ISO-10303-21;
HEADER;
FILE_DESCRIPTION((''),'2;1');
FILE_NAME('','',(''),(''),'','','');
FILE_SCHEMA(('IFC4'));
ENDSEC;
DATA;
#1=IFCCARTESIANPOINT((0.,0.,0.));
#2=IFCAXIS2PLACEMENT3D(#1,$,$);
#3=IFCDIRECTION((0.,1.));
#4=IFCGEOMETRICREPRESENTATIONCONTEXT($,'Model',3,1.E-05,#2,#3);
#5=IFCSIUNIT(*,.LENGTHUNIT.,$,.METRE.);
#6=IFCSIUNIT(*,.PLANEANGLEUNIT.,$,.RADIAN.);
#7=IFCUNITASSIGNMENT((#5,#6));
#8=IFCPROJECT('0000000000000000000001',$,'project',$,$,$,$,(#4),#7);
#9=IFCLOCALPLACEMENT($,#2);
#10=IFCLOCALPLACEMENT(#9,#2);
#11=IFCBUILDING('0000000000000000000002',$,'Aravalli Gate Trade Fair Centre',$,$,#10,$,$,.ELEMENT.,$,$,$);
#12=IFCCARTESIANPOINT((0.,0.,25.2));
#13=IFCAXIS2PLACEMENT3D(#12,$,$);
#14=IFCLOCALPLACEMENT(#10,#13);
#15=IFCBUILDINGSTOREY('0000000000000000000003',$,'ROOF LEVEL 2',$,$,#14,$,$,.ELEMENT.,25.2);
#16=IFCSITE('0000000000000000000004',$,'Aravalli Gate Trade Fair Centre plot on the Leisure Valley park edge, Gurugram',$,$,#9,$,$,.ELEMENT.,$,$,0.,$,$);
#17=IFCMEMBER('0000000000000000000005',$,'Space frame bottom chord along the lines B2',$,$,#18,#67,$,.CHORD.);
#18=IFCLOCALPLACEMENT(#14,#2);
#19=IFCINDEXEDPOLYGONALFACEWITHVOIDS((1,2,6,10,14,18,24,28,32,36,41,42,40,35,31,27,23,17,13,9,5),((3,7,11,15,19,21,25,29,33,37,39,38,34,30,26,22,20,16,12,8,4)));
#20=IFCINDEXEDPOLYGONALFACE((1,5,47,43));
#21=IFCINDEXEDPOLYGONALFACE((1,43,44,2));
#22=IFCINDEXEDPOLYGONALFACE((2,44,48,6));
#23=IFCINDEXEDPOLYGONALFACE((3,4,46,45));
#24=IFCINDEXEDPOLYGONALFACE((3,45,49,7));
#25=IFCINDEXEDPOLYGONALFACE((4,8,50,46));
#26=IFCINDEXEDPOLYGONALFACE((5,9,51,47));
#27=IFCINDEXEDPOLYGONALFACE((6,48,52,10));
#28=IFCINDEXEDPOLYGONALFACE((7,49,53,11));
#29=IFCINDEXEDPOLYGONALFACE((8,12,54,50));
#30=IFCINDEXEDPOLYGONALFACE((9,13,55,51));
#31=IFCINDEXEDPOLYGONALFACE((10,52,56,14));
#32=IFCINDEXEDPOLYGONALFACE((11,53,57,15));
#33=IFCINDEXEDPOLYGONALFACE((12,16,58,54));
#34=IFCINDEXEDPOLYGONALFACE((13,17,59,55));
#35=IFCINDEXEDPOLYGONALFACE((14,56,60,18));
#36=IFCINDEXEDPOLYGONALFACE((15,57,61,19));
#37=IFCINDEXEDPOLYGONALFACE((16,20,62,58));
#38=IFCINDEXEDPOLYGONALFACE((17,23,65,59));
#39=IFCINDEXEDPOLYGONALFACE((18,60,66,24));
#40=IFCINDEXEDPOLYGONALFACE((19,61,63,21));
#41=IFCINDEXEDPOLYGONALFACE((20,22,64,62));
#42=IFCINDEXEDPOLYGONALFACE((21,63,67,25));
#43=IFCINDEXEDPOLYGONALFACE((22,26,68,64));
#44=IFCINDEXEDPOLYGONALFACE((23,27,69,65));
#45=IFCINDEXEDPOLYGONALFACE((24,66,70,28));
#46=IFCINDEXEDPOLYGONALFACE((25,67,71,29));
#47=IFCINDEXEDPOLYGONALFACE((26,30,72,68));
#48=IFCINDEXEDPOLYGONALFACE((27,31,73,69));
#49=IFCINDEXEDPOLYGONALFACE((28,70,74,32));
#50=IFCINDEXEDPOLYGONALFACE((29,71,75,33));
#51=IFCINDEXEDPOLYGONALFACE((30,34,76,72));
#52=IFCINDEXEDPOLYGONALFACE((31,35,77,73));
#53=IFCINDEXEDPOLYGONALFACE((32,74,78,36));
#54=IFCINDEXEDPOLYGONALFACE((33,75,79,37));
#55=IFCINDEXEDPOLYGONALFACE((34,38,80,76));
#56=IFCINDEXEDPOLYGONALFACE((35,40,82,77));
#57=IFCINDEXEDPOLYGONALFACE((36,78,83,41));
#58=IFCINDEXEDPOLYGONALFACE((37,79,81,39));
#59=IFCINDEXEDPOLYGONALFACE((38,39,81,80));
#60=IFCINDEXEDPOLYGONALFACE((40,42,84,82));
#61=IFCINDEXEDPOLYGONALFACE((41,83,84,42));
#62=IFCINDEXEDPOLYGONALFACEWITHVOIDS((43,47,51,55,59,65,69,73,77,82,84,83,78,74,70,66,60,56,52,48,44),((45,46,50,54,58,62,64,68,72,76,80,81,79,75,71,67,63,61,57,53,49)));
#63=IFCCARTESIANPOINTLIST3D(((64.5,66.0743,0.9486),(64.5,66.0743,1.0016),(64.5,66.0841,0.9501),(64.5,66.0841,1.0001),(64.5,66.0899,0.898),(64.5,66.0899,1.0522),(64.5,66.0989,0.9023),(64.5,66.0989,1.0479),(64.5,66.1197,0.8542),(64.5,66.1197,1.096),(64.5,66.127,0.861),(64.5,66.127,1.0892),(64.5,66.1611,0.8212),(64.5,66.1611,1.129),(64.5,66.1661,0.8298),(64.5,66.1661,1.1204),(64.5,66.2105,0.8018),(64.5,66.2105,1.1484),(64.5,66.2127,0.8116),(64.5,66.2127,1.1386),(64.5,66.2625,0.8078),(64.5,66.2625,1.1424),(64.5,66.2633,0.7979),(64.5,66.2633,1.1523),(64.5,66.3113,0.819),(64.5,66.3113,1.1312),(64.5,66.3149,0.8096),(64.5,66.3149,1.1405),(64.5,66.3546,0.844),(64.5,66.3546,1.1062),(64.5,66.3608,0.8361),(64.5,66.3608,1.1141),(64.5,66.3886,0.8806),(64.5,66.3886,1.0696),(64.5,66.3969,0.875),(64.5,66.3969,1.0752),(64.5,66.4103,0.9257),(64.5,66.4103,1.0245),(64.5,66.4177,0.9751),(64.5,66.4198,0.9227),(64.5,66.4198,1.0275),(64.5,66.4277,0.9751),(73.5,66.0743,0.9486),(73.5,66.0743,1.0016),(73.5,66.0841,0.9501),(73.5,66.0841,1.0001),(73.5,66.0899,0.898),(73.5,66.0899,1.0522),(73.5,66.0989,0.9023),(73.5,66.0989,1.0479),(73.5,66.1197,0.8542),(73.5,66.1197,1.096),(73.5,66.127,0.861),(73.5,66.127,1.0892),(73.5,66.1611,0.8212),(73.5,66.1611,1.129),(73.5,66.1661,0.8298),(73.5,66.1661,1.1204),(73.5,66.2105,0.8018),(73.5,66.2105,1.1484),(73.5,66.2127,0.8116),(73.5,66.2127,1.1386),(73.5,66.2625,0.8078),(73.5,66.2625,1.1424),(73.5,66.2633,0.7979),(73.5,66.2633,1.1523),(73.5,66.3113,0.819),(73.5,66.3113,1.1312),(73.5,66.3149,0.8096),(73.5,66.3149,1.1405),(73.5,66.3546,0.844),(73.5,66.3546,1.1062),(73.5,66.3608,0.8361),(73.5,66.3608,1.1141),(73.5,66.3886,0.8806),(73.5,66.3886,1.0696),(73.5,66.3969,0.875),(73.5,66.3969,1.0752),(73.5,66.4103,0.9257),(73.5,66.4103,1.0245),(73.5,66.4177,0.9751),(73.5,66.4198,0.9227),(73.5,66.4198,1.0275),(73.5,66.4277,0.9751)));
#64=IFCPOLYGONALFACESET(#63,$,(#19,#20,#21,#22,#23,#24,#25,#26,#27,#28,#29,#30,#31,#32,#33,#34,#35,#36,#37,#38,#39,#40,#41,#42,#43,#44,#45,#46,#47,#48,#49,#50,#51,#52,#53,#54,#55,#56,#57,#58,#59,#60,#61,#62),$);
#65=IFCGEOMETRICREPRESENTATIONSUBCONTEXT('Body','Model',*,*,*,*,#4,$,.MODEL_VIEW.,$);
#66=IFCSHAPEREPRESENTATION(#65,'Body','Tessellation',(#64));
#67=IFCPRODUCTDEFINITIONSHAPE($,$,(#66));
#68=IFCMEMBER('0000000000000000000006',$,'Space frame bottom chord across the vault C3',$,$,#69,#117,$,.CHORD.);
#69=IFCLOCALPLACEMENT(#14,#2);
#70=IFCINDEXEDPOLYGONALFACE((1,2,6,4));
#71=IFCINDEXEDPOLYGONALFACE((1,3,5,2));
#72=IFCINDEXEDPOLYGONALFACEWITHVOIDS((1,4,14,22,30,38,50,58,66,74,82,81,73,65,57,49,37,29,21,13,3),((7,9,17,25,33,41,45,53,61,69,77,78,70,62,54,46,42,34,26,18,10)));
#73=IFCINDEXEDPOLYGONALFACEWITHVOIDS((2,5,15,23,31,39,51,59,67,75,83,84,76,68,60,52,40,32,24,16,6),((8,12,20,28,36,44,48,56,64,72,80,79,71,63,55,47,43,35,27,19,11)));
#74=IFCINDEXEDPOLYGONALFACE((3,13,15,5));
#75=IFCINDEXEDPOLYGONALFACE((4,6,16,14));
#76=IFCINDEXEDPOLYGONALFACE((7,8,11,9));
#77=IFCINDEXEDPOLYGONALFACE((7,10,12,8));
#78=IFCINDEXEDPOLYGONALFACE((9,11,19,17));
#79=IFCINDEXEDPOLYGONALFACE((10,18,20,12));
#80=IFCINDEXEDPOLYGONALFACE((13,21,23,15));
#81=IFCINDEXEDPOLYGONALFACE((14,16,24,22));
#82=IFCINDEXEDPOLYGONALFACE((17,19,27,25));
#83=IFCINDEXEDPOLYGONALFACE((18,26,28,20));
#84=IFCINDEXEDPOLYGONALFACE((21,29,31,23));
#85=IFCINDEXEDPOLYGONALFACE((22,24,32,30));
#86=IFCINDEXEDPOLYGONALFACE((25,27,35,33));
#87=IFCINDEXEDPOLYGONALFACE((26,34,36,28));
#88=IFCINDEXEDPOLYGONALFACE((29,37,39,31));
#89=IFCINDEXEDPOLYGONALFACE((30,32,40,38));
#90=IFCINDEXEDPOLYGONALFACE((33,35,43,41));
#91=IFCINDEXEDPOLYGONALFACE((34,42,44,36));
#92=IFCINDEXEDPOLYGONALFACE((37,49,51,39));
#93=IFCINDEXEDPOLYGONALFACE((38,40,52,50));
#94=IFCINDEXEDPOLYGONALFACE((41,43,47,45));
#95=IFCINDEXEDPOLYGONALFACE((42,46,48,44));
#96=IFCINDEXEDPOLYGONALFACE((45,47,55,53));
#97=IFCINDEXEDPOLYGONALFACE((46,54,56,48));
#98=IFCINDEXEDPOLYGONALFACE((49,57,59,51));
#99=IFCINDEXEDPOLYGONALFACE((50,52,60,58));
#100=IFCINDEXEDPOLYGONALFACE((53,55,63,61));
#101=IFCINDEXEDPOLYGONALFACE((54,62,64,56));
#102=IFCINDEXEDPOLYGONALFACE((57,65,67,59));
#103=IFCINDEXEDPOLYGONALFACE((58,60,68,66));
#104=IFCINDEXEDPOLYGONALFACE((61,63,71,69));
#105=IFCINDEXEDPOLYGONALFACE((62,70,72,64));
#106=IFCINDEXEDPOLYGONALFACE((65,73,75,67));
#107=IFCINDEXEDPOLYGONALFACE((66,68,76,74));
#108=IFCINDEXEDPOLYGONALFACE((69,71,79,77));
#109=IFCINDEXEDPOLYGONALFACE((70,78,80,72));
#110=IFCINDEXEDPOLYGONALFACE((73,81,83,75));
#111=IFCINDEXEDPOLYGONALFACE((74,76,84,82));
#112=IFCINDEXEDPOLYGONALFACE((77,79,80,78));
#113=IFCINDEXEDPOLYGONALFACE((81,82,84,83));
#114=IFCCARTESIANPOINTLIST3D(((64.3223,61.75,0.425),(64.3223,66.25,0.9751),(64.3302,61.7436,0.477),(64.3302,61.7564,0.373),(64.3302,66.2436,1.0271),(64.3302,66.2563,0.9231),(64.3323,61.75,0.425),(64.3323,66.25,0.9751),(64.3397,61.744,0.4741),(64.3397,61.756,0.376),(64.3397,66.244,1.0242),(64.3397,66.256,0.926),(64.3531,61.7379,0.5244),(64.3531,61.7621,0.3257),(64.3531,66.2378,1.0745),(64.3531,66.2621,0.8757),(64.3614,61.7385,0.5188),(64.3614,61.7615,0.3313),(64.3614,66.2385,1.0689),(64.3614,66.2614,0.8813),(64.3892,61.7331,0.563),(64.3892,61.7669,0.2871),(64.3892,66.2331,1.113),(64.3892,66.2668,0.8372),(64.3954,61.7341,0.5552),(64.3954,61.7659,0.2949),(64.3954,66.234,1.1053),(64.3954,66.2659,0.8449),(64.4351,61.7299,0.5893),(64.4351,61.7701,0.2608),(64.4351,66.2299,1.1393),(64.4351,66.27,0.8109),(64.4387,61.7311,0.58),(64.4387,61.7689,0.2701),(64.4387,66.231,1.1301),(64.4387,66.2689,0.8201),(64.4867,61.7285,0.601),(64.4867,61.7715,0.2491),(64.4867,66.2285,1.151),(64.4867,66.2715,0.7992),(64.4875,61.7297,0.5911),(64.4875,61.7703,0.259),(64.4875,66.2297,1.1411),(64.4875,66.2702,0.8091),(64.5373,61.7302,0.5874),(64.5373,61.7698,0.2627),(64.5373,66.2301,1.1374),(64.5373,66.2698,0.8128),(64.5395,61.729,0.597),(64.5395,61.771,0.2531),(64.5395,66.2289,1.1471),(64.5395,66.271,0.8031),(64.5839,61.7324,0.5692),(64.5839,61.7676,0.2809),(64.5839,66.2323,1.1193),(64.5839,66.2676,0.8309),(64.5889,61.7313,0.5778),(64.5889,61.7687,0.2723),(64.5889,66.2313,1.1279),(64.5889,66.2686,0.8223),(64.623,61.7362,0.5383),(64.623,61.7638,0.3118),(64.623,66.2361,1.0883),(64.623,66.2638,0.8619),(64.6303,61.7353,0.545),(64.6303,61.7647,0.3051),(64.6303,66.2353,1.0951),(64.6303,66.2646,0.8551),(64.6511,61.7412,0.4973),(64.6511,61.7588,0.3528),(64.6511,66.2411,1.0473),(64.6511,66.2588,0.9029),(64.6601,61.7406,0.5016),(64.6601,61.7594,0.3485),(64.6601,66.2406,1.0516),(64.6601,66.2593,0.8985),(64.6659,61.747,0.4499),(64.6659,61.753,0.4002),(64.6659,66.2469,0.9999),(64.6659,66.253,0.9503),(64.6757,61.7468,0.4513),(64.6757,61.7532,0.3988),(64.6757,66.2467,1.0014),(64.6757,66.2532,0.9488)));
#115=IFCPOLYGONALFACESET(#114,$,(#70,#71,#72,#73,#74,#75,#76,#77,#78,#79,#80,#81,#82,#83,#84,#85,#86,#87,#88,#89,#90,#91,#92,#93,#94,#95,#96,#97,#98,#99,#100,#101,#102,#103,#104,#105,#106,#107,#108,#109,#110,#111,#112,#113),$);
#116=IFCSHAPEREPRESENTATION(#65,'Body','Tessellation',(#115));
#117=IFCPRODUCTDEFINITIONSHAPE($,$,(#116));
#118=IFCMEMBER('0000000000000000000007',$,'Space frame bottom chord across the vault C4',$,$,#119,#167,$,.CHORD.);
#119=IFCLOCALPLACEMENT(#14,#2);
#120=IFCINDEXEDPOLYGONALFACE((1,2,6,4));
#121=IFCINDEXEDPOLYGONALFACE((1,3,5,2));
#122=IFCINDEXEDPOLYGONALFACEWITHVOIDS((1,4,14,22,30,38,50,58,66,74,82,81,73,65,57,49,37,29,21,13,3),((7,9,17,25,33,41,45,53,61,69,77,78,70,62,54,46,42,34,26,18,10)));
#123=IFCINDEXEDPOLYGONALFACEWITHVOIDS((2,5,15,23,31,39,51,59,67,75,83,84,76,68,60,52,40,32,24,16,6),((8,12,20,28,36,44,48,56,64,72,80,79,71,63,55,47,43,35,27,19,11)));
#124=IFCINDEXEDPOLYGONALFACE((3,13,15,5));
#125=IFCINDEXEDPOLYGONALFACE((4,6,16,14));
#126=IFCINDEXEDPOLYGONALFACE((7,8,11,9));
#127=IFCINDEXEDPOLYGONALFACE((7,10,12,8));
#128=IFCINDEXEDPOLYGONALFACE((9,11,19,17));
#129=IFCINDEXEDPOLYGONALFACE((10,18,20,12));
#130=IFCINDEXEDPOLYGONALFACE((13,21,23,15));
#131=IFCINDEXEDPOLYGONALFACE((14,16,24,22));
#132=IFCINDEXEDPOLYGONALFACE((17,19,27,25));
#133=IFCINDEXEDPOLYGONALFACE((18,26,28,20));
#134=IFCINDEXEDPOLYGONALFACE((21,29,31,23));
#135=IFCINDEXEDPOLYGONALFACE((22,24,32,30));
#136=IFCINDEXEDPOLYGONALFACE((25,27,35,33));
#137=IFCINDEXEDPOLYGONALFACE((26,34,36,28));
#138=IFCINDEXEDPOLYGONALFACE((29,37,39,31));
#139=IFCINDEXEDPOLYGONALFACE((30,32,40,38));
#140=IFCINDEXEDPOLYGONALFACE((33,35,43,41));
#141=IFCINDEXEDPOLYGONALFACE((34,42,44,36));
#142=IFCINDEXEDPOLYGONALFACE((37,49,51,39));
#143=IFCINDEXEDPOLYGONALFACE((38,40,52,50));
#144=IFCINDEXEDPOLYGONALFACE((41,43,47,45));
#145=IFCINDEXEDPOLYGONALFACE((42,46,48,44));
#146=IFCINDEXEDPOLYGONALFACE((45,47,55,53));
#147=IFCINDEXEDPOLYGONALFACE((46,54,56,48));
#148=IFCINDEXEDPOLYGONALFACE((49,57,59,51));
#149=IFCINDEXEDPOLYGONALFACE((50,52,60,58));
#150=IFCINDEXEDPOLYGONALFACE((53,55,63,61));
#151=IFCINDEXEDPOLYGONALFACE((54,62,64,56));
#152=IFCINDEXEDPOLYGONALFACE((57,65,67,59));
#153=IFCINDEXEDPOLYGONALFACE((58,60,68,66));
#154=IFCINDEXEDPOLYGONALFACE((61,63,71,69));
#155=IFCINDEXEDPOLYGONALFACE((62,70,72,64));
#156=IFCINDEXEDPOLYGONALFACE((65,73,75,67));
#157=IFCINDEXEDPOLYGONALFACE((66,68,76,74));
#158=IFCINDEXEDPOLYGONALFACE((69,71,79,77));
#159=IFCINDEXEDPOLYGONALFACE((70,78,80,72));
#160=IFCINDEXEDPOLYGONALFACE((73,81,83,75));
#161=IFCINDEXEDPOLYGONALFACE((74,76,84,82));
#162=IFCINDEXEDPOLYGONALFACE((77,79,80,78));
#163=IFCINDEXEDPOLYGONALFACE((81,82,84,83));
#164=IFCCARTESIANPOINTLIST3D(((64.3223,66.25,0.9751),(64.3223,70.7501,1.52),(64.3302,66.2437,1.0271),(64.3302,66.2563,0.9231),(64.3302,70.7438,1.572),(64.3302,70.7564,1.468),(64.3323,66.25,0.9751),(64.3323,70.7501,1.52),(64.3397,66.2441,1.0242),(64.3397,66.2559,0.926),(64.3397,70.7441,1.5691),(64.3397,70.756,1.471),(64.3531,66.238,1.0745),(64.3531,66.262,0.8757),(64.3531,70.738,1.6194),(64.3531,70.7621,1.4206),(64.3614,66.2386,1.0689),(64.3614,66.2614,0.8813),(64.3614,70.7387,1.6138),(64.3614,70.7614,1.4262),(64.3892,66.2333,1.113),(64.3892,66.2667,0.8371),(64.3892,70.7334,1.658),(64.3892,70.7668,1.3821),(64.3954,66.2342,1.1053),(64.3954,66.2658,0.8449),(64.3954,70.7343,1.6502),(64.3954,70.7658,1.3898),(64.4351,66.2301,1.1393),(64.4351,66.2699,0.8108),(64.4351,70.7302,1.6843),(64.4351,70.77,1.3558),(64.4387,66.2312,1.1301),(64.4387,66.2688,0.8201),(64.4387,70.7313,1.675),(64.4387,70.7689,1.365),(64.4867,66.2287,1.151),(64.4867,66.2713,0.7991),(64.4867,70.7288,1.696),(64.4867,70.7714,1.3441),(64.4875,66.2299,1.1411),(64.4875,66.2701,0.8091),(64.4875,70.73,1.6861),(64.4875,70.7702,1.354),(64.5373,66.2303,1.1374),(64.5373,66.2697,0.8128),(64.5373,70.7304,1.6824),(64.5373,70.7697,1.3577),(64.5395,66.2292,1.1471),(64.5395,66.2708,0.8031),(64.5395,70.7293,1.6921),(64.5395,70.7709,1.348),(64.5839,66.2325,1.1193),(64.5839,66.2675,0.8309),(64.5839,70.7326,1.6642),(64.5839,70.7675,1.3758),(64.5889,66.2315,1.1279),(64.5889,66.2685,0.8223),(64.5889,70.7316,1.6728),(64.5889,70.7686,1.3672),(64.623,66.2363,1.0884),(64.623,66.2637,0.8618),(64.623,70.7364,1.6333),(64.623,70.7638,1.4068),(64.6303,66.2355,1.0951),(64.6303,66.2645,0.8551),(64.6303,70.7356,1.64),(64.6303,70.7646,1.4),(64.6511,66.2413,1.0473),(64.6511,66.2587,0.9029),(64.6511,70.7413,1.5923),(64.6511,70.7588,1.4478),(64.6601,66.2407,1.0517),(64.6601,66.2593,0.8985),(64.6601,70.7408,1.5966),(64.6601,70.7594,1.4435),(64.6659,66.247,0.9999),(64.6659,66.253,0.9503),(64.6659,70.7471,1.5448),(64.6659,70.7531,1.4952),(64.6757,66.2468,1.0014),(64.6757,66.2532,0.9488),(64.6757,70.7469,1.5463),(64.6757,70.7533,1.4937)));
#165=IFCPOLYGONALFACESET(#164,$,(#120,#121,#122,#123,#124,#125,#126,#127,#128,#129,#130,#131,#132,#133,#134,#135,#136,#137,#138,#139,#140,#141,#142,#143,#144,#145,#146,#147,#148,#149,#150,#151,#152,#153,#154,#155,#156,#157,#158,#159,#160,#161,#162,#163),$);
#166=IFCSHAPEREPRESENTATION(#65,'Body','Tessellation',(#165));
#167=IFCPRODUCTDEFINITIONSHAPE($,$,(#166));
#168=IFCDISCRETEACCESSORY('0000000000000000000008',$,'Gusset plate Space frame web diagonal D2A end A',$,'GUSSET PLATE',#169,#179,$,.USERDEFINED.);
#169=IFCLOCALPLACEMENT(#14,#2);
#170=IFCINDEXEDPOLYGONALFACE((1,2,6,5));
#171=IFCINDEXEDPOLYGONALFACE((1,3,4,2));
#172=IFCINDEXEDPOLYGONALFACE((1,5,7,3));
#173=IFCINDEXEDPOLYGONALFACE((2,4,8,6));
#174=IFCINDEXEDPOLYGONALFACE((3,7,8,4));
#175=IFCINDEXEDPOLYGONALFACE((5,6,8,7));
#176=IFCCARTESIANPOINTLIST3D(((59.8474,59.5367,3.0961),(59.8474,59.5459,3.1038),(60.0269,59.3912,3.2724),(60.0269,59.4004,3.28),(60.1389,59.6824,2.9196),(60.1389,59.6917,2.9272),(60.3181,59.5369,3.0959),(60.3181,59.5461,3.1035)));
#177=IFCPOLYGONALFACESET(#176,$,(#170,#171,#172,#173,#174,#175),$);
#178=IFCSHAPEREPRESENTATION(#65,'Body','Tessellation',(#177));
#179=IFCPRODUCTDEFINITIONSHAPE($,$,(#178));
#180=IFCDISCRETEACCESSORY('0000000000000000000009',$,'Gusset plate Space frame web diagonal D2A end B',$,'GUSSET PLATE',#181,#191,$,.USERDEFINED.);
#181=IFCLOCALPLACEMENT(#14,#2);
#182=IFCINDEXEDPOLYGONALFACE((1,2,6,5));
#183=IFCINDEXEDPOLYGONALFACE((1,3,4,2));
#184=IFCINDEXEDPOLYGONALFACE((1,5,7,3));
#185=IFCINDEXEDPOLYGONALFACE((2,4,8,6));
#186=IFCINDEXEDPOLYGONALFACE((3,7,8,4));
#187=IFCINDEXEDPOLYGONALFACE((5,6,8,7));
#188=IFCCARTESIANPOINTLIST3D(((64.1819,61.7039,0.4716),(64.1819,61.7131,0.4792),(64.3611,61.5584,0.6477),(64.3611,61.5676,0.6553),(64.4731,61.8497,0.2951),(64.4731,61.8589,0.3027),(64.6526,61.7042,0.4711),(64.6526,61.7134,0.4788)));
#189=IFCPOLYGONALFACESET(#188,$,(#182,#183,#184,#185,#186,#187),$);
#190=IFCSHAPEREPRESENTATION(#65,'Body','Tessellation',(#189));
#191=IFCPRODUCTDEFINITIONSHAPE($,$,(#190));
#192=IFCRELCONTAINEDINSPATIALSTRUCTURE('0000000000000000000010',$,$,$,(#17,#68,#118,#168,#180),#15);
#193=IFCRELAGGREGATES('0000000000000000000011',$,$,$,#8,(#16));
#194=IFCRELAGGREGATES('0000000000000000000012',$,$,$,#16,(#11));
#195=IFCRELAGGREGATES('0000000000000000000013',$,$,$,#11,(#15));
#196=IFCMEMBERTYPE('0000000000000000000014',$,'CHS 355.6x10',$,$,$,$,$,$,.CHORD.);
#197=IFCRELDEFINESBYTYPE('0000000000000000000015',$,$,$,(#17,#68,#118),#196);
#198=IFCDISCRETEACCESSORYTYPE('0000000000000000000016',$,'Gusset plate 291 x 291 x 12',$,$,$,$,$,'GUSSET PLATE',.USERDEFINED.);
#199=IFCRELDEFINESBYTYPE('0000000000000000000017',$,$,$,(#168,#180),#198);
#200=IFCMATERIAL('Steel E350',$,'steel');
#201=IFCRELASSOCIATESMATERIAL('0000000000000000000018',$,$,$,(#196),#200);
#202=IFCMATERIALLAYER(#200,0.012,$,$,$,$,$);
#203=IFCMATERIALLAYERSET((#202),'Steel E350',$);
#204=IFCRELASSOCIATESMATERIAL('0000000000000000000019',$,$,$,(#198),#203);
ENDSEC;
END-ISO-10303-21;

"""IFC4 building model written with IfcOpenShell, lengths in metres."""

from ifc_helpers import new_model, si_unit, direction, frame, origin, origin_2d, place, context, subcontext, project, spatial, polyline, hollow_circle, outline, extrude, material, layer, layer_set, material_profile, profile_set, type_object, element, save


model = new_model("IFC4")

# Units and contexts
model_context = context("Model", 3, precision=1e-05, world=origin(), true_north=direction((0.0, 1.0)))
body_context = subcontext(model_context, "Body", "Model", "MODEL_VIEW")
ifc_project = project(units=[si_unit("LENGTHUNIT", "METRE"), si_unit("PLANEANGLEUNIT", "RADIAN")], contexts=[model_context])

# Site, building, storey
site_placement = place(None, origin())
site = spatial("IfcSite", under=ifc_project, at=site_placement, Name="Aravalli Gate Trade Fair Centre plot on the Leisure Valley park edge, Gurugram", CompositionType="ELEMENT", RefElevation=0.0)
building_placement = place(site_placement, origin())
building = spatial("IfcBuilding", under=site, at=building_placement, Name="Aravalli Gate Trade Fair Centre", CompositionType="ELEMENT")
storey_placement = place(building_placement, frame((0.0, 0.0, 25.2)))
storey = spatial("IfcBuildingStorey", under=building, at=storey_placement, Name="ROOF LEVEL 2", CompositionType="ELEMENT", Elevation=25.2)

# Members
ifc_material = material(Name="Steel E350", Category="steel")
ifc_material_profile_1 = material_profile(ifc_material, hollow_circle(Radius=0.1777, WallThickness=0.01, at=origin_2d()), Name="CHS 355.6x10")
ifc_profile_set_1 = profile_set([ifc_material_profile_1], Name="Steel E350")
member_type_1 = type_object("IfcMemberType", Name="CHS 355.6x10", PredefinedType="CHORD", material=ifc_profile_set_1)
for number, where, z_axis, x_axis, name in (
    (1, (64.5, 66.25, 0.9751), (1.0, 0.0, 0.0), (0.0, 1.0, 0.0), "Space frame bottom chord along the lines B2"),
):
    element("IfcMember", number, at=place(storey_placement, frame(where, z_axis=z_axis, x_axis=x_axis)), inside=storey, type_object=member_type_1, Name=name, PredefinedType="CHORD", context=body_context, shape_type="SweptSolid", body=[
        extrude(hollow_circle(Radius=0.1777, WallThickness=0.01, at=origin_2d()), origin(), (0.0, 0.0, 1.0), 9.0),
    ])
member_1_placement = place(storey_placement, frame((64.5, 61.75, 0.425), z_axis=(0.0, 0.992612, 0.12133), x_axis=(-1.0, 0.0, 0.0)))
element("IfcMember", 2, at=member_1_placement, inside=storey, type_object=member_type_1, Name="Space frame bottom chord across the vault C3", PredefinedType="CHORD", context=body_context, shape_type="SweptSolid", body=[
    extrude(hollow_circle(Radius=0.1777, WallThickness=0.01, at=origin_2d()), origin(), (0.0, 0.0, 1.0), 4.5334),
])
member_2_placement = place(storey_placement, frame((64.5, 66.25, 0.9751), z_axis=(0.0, 0.992748, 0.120216), x_axis=(-1.0, 0.0, 0.0)))
element("IfcMember", 3, at=member_2_placement, inside=storey, type_object=member_type_1, Name="Space frame bottom chord across the vault C4", PredefinedType="CHORD", context=body_context, shape_type="SweptSolid", body=[
    extrude(hollow_circle(Radius=0.1777, WallThickness=0.01, at=origin_2d()), origin(), (0.0, 0.0, 1.0), 4.533),
])

# Discrete accessories
ifc_layer = layer(ifc_material, 0.012)
ifc_layer_set = layer_set([ifc_layer], Name="Steel E350")
discrete_accessory_type = type_object("IfcDiscreteAccessoryType", Name="Gusset plate 291 x 291 x 12", ElementType="GUSSET PLATE", PredefinedType="USERDEFINED", material=ifc_layer_set)
discrete_accessory_1_placement = place(storey_placement, frame((60.1389, 59.6917, 2.9272), z_axis=(-0.00007, 0.771155, 0.636648), x_axis=(-0.786484, -0.393242, 0.476238)))
element("IfcDiscreteAccessory", 4, at=discrete_accessory_1_placement, inside=storey, type_object=discrete_accessory_type, Name="Gusset plate Space frame web diagonal D2A end A", ObjectType="GUSSET PLATE", PredefinedType="USERDEFINED", context=body_context, shape_type="SweptSolid", body=[
    extrude(outline(polyline([(0.0, 0.0), (0.3706, 0.0), (0.3707, 0.2906), (0.0002, 0.2904), (0.0, 0.0)])), origin(), (0.0, 0.0, -1.0), 0.012),
])
discrete_accessory_2_placement = place(storey_placement, frame((64.1819, 61.7131, 0.4792), z_axis=(0.000261, 0.770887, 0.636972), x_axis=(0.786233, 0.393446, -0.476485)))
element("IfcDiscreteAccessory", 5, at=discrete_accessory_2_placement, inside=storey, type_object=discrete_accessory_type, Name="Gusset plate Space frame web diagonal D2A end B", ObjectType="GUSSET PLATE", PredefinedType="USERDEFINED", context=body_context, shape_type="SweptSolid", body=[
    extrude(outline(polyline([(0.0, 0.0), (0.3704, 0.0), (0.3704, -0.2904), (-0.0002, -0.2903), (0.0, 0.0)])), origin(), (0.0, 0.0, -1.0), 0.012),
])

save(model, "model.ifc")
